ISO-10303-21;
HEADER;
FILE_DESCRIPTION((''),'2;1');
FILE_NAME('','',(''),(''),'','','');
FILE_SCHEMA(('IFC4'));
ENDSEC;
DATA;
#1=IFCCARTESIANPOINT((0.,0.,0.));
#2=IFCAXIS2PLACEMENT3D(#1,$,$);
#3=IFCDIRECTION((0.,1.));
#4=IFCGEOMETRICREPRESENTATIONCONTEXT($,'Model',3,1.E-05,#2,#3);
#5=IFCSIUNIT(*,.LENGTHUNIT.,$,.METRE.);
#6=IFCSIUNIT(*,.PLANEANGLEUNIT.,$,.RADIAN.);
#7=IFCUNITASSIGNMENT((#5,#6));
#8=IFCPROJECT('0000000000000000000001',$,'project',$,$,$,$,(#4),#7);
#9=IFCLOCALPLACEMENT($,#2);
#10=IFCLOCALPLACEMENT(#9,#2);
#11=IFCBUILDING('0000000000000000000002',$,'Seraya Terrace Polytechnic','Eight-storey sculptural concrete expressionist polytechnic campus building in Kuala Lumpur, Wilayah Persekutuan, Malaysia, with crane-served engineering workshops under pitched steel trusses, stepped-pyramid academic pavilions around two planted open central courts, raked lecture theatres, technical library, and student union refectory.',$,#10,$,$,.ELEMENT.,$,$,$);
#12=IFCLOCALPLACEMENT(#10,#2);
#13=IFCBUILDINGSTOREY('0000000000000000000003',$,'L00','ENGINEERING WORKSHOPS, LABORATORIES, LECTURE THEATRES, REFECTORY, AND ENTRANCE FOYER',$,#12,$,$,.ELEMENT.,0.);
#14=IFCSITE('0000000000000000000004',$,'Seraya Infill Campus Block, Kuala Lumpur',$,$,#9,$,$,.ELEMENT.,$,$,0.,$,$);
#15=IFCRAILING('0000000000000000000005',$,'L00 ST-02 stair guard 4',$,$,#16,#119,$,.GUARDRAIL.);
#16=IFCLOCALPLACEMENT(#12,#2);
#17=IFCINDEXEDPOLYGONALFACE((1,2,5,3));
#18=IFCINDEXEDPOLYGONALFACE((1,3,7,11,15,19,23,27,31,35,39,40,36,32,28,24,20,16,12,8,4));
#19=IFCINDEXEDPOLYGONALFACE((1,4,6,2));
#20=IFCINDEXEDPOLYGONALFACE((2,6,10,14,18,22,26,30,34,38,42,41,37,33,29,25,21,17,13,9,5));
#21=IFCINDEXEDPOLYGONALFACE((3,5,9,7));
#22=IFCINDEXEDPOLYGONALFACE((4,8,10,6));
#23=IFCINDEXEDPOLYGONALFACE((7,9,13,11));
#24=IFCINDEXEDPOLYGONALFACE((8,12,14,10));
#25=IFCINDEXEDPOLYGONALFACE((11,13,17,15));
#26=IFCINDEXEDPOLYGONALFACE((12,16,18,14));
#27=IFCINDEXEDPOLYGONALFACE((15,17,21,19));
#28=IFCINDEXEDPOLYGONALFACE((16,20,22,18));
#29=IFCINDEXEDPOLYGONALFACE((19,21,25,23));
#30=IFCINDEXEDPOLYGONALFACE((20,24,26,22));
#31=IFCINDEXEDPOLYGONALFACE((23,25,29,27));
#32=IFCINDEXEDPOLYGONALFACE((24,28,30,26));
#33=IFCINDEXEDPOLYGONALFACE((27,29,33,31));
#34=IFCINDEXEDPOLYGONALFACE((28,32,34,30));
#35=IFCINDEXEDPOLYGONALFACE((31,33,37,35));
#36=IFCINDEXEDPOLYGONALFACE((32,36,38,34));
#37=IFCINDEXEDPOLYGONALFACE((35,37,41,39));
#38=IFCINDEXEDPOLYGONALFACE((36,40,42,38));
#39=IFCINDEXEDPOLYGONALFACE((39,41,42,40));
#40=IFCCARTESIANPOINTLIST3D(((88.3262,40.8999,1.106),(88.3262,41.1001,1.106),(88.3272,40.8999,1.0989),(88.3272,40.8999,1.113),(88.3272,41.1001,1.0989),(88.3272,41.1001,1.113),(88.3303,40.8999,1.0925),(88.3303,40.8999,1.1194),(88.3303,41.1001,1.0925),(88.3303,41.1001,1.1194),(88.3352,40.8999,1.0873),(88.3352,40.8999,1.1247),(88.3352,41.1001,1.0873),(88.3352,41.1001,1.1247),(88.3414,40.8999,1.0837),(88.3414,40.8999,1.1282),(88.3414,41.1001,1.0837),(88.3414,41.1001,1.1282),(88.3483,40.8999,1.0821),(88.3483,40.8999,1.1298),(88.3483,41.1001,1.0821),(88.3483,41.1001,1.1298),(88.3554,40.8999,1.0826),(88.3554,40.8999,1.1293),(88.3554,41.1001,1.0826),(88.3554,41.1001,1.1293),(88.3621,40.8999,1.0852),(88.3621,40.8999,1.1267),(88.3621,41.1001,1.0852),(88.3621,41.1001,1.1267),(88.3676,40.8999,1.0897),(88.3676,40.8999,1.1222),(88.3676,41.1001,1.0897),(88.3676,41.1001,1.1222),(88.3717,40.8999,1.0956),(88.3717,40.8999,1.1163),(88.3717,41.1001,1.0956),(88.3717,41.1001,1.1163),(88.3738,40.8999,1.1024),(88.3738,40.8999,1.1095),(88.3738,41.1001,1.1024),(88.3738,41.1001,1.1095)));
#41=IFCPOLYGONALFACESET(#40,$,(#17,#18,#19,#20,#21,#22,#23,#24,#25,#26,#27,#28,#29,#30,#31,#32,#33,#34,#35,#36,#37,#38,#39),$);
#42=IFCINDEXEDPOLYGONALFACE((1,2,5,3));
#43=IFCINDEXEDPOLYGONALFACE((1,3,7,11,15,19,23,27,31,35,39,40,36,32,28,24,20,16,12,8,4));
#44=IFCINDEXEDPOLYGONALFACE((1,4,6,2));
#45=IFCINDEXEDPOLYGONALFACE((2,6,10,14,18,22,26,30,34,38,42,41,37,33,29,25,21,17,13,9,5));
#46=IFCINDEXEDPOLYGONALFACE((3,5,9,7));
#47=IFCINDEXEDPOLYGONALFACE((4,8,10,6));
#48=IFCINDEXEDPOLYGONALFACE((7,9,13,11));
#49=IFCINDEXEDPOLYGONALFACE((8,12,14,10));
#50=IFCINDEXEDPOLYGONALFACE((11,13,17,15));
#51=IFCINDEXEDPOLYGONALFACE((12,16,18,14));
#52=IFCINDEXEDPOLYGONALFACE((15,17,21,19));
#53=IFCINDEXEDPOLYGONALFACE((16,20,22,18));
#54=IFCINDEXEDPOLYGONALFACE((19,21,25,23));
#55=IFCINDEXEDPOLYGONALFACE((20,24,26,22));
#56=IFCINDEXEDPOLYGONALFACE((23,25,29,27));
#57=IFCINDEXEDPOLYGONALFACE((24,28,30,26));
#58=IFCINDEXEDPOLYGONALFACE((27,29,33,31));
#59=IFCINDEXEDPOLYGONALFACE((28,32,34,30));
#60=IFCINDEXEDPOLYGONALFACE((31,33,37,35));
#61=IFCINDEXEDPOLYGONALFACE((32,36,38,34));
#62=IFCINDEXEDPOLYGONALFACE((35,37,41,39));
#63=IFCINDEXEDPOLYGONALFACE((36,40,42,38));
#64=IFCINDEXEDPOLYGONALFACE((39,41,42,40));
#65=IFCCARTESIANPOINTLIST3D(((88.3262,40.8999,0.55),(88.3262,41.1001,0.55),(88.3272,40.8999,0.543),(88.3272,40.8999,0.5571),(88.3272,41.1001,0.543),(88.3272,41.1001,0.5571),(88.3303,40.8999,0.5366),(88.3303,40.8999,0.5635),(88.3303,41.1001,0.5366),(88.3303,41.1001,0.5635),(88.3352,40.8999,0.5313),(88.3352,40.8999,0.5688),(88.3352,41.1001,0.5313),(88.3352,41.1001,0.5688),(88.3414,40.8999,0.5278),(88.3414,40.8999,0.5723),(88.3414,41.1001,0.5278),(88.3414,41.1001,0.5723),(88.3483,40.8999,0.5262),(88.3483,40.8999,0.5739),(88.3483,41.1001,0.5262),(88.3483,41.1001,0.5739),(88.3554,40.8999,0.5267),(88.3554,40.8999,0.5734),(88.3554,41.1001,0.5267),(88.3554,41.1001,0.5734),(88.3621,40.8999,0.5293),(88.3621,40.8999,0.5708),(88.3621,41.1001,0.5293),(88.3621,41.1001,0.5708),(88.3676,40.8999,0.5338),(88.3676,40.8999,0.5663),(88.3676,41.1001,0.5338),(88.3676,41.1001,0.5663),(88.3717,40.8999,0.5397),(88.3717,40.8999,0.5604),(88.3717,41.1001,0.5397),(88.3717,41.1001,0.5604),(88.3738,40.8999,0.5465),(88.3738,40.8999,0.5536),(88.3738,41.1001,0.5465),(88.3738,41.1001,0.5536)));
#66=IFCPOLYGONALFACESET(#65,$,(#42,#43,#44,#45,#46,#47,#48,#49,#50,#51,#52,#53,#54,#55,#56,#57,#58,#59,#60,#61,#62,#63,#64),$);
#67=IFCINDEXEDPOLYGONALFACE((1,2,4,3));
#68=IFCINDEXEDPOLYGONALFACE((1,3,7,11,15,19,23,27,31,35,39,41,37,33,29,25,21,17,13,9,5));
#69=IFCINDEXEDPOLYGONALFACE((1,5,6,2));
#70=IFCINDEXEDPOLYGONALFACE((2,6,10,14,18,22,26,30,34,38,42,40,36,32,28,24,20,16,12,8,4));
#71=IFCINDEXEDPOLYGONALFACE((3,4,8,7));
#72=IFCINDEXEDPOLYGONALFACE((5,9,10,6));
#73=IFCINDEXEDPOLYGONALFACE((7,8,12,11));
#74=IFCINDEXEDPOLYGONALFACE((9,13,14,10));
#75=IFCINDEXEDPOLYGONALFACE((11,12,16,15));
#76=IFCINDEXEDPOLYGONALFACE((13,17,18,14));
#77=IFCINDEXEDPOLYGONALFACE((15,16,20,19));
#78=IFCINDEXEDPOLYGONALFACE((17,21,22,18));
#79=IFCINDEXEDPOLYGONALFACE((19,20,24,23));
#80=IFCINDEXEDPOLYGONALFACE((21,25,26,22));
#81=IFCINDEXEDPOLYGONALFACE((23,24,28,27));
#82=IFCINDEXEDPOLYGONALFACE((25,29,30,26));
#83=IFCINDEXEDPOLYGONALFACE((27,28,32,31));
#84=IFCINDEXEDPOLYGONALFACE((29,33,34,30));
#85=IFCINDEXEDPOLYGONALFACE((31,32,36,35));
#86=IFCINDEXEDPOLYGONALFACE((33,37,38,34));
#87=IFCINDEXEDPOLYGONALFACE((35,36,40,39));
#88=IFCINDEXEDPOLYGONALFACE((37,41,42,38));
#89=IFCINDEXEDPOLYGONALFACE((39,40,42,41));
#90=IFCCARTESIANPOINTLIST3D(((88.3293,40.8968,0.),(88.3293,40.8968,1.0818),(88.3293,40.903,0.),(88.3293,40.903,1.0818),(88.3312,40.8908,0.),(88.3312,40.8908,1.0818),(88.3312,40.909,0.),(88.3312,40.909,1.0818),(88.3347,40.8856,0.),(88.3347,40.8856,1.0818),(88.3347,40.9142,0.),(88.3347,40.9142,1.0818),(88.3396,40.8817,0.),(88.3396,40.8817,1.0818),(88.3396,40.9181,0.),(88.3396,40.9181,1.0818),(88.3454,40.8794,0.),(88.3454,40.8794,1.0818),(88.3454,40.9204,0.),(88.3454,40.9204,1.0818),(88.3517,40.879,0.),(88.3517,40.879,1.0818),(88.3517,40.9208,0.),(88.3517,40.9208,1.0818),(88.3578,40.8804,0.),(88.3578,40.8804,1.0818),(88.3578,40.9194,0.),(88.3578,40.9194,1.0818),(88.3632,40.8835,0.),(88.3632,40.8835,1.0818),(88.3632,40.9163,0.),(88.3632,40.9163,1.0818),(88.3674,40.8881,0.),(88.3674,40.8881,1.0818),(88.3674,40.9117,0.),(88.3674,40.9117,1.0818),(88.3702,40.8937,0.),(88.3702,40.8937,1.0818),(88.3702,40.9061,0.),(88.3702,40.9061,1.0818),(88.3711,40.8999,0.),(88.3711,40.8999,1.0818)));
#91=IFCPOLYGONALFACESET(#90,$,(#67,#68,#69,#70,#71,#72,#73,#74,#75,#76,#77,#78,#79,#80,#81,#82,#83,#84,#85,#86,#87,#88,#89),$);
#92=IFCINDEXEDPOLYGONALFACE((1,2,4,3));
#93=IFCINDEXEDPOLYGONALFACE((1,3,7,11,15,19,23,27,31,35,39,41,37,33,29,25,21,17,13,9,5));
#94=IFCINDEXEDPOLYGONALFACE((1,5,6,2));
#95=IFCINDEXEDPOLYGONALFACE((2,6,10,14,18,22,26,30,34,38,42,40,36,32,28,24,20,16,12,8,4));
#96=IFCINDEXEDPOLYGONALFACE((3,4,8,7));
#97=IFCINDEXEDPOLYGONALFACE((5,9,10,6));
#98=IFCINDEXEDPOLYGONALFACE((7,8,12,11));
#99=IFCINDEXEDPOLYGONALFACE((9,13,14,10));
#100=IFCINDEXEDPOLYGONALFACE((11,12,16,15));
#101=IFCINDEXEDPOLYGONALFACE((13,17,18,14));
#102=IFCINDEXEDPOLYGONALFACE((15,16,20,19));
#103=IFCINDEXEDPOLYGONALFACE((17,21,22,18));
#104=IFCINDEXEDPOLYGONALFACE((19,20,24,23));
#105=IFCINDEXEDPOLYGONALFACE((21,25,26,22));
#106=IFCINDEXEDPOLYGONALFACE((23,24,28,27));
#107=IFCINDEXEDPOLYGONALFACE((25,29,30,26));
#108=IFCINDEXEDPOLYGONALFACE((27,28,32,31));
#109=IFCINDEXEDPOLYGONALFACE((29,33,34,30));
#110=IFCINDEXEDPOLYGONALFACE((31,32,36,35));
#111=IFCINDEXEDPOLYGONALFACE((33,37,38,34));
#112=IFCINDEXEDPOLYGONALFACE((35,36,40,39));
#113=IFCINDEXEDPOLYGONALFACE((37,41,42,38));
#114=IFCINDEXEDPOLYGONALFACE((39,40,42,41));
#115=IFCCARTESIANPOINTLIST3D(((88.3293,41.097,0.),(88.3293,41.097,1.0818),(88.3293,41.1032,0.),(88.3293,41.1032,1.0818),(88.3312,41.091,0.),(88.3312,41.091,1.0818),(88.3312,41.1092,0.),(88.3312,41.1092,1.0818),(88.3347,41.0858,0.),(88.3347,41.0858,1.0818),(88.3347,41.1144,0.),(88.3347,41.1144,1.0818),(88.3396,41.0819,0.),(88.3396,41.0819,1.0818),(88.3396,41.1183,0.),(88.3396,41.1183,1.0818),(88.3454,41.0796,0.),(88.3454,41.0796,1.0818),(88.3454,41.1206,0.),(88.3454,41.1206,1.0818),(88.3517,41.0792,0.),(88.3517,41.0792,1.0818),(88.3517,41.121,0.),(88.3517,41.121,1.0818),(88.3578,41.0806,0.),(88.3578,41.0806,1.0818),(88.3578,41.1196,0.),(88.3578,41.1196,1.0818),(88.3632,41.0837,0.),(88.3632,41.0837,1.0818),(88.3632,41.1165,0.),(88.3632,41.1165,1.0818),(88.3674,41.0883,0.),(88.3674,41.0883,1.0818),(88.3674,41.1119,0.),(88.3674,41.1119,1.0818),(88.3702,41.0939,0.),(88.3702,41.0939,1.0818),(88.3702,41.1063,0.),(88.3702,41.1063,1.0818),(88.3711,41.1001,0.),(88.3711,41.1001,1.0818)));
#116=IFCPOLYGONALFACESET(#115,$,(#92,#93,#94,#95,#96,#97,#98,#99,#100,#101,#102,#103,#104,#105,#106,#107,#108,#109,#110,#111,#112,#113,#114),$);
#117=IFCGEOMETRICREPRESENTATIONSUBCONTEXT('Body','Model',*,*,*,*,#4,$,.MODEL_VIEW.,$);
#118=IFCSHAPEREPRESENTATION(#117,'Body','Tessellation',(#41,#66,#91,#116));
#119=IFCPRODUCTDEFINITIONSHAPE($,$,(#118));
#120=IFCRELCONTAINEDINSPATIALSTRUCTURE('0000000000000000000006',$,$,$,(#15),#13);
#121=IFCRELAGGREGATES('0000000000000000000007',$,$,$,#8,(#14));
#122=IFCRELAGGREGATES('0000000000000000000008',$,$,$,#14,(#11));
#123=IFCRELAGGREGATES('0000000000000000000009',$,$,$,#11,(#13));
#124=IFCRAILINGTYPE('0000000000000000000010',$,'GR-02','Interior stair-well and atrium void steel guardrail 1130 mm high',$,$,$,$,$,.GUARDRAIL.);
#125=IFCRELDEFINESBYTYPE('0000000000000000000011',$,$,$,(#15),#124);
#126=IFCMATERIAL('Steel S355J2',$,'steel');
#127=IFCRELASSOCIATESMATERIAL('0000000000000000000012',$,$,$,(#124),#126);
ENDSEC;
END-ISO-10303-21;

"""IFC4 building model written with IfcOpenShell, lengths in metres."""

from ifc_helpers import new_model, si_unit, direction, frame, origin, origin_2d, place, context, subcontext, project, spatial, circle, extrude, material, type_object, element, save


model = new_model("IFC4")

# Units and contexts
model_context = context("Model", 3, precision=1e-05, world=origin(), true_north=direction((0.0, 1.0)))
body_context = subcontext(model_context, "Body", "Model", "MODEL_VIEW")
ifc_project = project(units=[si_unit("LENGTHUNIT", "METRE"), si_unit("PLANEANGLEUNIT", "RADIAN")], contexts=[model_context])

# Site, building, storey
site_placement = place(None, origin())
site = spatial("IfcSite", under=ifc_project, at=site_placement, Name="Seraya Infill Campus Block, Kuala Lumpur", CompositionType="ELEMENT", RefElevation=0.0)
building_placement = place(site_placement, origin())
building = spatial("IfcBuilding", under=site, at=building_placement, Name="Seraya Terrace Polytechnic", Description="Eight-storey sculptural concrete expressionist polytechnic campus building in Kuala Lumpur, Wilayah Persekutuan, Malaysia, with crane-served engineering workshops under pitched steel trusses, stepped-pyramid academic pavilions around two planted open central courts, raked lecture theatres, technical library, and student union refectory.", CompositionType="ELEMENT")
storey_placement = place(building_placement, origin())
storey = spatial("IfcBuildingStorey", under=building, at=storey_placement, Name="L00", Description="ENGINEERING WORKSHOPS, LABORATORIES, LECTURE THEATRES, REFECTORY, AND ENTRANCE FOYER", CompositionType="ELEMENT", Elevation=0.0)

# Shared definitions
ifc_material_1 = material(Name="Steel S355J2", Category="steel")

# Railing
railing_type_1 = type_object("IfcRailingType", Name="GR-02", Description="Interior stair-well and atrium void steel guardrail 1130 mm high", PredefinedType="GUARDRAIL", material=ifc_material_1)
railing_1_placement = place(storey_placement, frame((88.3501, 40.8999, 0.0)))
element("IfcRailing", 1, at=railing_1_placement, inside=storey, type_object=railing_type_1, Name="L00 ST-02 stair guard 4", PredefinedType="GUARDRAIL", context=body_context, shape_type="SweptSolid", body=[
    extrude(circle(Radius=0.0239, at=origin_2d()), frame((0.0, 0.0, 1.106), z_axis=(0.0, 1.0, 0.0), x_axis=(-1.0, 0.0, 0.0)), (0.0, 0.0, 1.0), 0.2002),
    extrude(circle(Radius=0.0239, at=origin_2d()), frame((0.0, 0.0, 0.55), z_axis=(0.0, 1.0, 0.0), x_axis=(-1.0, 0.0, 0.0)), (0.0, 0.0, 1.0), 0.2002),
    extrude(circle(Radius=0.021, at=origin_2d()), origin(), (0.0, 0.0, 1.0), 1.0818),
    extrude(circle(Radius=0.021, at=origin_2d()), frame((0.0, 0.2002, 0.0)), (0.0, 0.0, 1.0), 1.0818),
])

save(model, "model.ifc")
